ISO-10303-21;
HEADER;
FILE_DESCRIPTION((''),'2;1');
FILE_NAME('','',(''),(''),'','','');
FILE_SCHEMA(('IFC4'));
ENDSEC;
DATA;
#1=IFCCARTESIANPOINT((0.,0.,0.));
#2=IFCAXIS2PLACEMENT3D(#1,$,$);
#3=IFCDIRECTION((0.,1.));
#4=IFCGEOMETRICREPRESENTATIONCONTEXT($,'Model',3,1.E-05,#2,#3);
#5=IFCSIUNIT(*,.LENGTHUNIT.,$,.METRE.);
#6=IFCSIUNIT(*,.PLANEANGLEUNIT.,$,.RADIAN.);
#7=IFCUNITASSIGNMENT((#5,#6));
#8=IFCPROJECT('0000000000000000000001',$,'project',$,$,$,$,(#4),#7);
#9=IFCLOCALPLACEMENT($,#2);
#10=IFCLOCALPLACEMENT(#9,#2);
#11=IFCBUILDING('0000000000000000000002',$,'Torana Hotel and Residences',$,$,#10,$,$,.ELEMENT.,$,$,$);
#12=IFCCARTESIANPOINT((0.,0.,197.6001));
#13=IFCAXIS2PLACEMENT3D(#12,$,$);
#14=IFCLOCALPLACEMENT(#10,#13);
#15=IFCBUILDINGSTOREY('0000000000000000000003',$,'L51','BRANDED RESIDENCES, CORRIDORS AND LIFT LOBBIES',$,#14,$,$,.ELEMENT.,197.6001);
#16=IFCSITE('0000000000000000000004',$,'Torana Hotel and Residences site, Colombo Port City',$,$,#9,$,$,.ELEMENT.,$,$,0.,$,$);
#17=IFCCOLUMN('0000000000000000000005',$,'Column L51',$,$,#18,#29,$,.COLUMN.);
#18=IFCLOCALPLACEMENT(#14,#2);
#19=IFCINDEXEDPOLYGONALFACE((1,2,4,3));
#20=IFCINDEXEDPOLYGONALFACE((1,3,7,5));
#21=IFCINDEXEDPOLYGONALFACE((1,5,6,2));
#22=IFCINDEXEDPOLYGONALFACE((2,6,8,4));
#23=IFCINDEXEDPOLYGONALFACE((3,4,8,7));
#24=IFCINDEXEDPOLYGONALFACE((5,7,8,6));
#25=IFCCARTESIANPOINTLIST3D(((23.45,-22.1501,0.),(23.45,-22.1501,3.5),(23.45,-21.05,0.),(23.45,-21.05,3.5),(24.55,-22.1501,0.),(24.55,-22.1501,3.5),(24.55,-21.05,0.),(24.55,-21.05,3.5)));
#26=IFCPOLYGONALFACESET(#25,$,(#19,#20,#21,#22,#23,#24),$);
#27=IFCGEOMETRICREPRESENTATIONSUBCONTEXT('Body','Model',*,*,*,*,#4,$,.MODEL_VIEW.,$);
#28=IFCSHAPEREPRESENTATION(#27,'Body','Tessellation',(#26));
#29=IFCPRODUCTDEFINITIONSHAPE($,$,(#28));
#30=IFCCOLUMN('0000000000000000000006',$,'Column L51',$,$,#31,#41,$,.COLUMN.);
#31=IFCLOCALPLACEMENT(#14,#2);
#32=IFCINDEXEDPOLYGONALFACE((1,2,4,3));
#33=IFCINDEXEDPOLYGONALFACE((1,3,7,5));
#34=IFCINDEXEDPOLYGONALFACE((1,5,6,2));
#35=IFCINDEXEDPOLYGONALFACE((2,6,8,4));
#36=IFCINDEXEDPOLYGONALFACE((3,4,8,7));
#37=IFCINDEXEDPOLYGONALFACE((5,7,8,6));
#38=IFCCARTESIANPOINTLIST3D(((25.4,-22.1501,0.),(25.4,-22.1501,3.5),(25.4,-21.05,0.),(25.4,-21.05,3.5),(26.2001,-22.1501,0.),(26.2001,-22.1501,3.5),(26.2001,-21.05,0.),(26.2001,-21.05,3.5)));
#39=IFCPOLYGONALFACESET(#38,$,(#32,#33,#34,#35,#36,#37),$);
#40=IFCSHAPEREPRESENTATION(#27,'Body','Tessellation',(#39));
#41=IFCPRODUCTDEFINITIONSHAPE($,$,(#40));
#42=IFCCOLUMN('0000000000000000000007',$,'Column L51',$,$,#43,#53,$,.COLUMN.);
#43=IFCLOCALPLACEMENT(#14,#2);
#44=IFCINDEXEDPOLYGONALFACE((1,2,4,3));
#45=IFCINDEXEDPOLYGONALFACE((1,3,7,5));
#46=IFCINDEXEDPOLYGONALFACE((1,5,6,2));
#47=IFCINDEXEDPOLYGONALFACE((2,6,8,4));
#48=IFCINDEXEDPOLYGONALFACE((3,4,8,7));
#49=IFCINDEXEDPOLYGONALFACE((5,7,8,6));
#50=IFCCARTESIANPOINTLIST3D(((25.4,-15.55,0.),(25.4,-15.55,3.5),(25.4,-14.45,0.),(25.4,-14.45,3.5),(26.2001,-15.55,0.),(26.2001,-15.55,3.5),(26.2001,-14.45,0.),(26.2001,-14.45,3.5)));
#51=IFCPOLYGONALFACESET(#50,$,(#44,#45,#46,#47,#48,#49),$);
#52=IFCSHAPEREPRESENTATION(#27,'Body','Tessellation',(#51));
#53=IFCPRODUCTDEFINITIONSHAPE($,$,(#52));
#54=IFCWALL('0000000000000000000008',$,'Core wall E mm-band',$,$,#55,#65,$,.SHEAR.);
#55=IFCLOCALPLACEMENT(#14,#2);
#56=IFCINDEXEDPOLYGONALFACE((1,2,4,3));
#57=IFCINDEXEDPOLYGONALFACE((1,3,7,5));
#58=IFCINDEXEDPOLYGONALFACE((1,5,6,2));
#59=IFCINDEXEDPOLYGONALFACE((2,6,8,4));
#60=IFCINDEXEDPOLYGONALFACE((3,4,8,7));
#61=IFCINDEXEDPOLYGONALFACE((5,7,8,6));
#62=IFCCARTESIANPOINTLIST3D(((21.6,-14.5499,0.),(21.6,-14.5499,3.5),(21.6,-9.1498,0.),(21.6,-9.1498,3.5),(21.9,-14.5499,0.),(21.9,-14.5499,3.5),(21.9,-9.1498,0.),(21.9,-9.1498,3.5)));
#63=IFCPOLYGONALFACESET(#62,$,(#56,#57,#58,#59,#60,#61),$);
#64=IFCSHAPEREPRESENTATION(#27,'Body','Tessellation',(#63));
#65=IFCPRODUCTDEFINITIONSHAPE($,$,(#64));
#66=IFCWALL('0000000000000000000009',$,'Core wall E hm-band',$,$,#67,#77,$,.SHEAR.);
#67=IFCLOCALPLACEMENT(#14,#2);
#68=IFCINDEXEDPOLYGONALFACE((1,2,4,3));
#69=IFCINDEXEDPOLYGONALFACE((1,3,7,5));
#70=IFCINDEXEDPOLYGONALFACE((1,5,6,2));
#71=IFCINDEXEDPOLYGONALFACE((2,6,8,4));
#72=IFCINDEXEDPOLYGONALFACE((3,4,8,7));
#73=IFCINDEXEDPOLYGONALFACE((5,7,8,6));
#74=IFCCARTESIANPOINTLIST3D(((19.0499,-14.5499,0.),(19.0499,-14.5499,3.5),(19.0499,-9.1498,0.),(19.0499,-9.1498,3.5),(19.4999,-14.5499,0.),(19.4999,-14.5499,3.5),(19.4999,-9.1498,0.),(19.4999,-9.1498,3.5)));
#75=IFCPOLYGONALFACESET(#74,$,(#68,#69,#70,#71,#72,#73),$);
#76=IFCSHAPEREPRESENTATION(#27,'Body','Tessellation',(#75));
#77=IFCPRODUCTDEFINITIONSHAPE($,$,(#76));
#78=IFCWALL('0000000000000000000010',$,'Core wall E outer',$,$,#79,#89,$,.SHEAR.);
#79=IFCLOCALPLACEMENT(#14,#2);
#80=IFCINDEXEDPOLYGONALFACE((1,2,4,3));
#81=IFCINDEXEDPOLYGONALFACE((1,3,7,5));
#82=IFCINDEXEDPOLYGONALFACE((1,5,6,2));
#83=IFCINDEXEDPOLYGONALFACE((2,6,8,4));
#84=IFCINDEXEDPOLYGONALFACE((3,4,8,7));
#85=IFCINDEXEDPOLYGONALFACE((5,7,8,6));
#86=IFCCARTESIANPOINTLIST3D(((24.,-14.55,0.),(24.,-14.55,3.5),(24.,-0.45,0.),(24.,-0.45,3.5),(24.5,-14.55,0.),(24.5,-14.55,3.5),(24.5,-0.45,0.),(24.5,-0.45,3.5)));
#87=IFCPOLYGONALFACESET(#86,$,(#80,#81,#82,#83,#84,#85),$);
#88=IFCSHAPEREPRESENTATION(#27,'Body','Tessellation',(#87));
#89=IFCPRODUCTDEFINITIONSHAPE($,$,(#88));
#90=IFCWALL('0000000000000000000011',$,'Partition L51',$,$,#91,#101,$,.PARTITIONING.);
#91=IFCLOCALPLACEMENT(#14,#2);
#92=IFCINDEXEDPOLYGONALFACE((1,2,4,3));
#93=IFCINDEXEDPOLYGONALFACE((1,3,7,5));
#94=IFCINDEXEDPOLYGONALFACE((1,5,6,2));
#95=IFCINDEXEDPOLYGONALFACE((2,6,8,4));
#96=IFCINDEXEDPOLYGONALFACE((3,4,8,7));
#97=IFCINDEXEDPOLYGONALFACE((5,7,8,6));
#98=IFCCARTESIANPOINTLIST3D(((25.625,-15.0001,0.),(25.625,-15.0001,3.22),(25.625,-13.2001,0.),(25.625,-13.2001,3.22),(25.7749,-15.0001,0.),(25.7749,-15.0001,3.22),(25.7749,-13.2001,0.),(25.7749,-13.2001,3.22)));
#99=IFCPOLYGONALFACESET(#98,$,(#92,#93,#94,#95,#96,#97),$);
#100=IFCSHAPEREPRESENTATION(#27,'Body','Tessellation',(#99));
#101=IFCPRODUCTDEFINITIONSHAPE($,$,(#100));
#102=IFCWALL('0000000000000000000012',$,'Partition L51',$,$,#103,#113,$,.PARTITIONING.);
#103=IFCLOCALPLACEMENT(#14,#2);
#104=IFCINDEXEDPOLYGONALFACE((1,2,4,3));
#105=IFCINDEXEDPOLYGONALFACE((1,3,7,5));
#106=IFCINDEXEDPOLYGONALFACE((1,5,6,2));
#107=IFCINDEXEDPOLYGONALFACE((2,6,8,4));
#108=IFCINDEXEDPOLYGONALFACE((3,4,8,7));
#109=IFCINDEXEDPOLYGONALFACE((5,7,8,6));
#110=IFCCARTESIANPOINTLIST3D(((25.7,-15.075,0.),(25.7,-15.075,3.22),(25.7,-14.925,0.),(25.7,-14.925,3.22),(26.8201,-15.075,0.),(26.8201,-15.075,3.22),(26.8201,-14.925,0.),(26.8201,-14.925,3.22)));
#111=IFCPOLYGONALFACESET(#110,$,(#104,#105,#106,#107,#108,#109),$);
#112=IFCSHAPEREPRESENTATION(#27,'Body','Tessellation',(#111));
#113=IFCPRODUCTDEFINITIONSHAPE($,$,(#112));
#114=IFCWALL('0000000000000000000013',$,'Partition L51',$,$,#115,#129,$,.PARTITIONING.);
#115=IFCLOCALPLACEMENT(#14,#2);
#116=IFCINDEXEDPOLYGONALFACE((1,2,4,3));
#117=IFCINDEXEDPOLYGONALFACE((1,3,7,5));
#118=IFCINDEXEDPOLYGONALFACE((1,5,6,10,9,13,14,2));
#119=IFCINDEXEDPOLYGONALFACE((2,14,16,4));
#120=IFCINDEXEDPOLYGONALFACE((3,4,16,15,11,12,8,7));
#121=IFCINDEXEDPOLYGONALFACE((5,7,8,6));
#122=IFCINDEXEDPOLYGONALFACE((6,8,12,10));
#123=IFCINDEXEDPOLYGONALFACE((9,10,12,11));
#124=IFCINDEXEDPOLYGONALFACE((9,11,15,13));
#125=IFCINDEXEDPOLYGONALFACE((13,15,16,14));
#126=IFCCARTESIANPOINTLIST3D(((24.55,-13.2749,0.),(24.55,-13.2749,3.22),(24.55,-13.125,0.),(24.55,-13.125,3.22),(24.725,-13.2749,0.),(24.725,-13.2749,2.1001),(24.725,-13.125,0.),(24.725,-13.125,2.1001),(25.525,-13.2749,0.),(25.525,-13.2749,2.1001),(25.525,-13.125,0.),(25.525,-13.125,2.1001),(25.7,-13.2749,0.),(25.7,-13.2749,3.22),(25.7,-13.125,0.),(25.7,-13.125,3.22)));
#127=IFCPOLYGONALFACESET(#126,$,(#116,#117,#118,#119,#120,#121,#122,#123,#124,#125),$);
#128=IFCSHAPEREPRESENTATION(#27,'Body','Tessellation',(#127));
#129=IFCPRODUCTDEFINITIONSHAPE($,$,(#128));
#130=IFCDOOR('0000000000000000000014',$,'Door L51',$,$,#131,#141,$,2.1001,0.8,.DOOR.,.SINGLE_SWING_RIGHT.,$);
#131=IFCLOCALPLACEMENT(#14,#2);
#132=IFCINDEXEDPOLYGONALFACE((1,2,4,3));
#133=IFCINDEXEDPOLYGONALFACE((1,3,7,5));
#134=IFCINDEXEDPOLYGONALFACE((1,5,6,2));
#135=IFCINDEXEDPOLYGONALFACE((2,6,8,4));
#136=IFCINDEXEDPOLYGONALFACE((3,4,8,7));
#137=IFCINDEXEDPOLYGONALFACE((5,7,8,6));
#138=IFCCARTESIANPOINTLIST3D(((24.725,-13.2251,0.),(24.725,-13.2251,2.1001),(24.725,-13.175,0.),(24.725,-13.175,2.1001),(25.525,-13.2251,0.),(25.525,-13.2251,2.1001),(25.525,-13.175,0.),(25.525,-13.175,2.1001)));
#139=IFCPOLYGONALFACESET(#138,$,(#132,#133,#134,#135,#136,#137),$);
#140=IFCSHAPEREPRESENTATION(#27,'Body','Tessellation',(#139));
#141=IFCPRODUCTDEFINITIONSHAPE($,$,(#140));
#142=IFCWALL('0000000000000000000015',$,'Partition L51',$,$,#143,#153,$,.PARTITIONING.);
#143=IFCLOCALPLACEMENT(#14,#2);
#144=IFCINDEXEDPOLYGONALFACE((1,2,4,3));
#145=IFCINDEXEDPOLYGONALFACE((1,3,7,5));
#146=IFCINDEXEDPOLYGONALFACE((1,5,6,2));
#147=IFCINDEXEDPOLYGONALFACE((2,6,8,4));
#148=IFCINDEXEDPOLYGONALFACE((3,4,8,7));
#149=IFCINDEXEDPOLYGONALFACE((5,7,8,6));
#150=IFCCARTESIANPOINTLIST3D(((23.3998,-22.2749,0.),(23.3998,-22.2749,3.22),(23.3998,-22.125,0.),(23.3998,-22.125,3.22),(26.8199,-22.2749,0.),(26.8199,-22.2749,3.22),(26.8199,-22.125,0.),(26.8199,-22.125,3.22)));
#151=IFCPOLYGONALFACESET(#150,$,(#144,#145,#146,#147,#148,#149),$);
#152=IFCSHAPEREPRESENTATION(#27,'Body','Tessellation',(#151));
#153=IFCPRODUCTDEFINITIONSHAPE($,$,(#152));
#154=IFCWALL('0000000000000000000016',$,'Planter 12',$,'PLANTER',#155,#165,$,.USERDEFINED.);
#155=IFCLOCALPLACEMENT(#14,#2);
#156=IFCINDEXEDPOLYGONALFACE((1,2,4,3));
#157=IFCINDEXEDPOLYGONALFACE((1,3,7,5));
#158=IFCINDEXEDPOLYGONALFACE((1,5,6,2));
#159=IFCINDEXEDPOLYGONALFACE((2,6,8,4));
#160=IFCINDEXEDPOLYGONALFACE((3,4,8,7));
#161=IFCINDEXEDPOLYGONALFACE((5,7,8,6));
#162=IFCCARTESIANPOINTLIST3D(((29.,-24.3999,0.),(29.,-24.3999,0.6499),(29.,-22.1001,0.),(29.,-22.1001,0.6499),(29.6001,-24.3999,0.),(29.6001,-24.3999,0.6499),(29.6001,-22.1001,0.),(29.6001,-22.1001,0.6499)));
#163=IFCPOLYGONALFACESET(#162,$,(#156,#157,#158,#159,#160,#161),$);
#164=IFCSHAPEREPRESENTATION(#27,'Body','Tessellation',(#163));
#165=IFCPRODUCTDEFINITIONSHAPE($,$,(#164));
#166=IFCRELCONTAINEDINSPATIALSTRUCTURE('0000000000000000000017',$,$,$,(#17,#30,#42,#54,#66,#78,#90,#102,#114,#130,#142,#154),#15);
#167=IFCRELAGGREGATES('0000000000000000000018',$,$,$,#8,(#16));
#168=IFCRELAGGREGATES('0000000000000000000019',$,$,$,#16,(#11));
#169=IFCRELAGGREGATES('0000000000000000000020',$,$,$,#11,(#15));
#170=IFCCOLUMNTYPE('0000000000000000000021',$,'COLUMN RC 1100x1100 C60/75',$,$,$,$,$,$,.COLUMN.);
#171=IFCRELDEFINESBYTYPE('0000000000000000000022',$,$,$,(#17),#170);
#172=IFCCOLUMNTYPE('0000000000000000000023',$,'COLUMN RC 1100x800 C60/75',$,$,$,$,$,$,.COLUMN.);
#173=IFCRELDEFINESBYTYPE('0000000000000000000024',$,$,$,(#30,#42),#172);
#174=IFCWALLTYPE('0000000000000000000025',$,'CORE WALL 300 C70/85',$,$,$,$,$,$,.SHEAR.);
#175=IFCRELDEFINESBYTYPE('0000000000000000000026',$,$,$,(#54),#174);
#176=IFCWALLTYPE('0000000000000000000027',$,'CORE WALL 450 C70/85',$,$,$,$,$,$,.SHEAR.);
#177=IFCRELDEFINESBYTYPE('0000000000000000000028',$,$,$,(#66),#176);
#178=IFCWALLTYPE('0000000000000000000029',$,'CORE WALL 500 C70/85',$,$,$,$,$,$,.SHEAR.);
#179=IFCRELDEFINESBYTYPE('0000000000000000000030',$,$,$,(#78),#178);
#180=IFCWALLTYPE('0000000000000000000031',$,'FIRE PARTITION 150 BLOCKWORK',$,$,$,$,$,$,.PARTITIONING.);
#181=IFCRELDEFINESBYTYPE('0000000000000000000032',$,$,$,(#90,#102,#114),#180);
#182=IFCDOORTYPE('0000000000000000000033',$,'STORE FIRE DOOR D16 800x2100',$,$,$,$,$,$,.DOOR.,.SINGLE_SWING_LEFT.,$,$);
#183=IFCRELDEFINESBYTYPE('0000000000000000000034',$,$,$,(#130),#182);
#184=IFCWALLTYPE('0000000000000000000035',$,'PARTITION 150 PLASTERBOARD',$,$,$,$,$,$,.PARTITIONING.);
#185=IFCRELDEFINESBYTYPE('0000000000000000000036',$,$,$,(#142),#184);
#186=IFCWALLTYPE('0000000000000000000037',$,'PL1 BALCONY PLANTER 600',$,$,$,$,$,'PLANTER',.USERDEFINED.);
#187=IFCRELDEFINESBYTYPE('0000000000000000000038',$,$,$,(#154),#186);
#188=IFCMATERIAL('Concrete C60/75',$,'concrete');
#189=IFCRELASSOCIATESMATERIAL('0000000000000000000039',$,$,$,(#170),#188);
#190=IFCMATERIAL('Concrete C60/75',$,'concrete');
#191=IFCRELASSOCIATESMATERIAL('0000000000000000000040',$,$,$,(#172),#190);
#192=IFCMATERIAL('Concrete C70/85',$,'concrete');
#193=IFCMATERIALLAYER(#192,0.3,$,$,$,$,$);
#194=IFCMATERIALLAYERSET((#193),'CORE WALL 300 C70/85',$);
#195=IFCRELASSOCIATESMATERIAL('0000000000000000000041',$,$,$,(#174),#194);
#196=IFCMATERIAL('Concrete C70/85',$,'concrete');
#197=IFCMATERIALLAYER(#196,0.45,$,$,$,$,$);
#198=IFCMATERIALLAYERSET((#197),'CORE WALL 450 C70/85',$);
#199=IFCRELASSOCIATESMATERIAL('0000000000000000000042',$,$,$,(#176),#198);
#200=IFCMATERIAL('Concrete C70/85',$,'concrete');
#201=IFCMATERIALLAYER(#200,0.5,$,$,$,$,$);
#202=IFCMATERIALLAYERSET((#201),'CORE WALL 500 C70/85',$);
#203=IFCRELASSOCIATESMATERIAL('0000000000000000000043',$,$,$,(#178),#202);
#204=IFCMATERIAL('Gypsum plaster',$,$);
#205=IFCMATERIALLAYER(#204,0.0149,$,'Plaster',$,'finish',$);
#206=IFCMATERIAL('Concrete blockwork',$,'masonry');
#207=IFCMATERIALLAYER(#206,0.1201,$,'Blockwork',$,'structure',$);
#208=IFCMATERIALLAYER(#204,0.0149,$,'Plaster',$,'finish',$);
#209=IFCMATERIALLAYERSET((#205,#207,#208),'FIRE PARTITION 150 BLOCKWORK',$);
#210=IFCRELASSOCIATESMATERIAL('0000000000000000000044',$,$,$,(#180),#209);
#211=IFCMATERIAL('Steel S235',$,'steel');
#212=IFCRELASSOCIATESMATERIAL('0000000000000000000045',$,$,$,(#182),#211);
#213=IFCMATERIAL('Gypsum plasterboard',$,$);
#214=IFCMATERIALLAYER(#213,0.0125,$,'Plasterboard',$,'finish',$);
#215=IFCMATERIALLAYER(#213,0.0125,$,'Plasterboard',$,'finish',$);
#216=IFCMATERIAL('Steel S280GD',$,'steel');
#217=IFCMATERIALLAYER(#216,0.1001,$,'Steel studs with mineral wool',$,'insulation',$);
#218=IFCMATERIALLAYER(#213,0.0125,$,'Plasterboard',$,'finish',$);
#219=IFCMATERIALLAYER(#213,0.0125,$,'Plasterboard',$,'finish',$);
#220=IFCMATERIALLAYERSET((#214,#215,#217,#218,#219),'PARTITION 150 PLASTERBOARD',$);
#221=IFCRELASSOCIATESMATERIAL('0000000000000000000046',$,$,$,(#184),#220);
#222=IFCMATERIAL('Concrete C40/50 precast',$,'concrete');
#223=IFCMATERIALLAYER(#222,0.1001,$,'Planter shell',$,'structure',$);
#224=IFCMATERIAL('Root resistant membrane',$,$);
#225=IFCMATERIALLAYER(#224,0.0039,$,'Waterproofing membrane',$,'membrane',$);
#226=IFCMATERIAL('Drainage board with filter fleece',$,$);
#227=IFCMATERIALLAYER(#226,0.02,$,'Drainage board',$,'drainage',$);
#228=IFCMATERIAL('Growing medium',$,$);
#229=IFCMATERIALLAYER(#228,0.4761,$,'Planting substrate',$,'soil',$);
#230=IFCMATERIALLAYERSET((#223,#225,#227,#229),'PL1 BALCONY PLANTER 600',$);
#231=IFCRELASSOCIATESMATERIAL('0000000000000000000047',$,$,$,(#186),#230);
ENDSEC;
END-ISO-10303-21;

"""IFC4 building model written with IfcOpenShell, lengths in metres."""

from ifc_helpers import new_model, si_unit, direction, frame, frame_2d, origin, origin_2d, place, context, subcontext, project, spatial, rectangle, extrude, material, layer, layer_set, material_profile, profile_set, type_object, element, fill, save


model = new_model("IFC4")

# Units and contexts
model_context = context("Model", 3, precision=1e-05, world=origin(), true_north=direction((0.0, 1.0)))
body_context = subcontext(model_context, "Body", "Model", "MODEL_VIEW")
ifc_project = project(units=[si_unit("LENGTHUNIT", "METRE"), si_unit("PLANEANGLEUNIT", "RADIAN")], contexts=[model_context])

# Site, building, storey
site_placement = place(None, origin())
site = spatial("IfcSite", under=ifc_project, at=site_placement, Name="Torana Hotel and Residences site, Colombo Port City", CompositionType="ELEMENT", RefElevation=0.0)
building_placement = place(site_placement, origin())
building = spatial("IfcBuilding", under=site, at=building_placement, Name="Torana Hotel and Residences", CompositionType="ELEMENT")
storey_placement = place(building_placement, frame((0.0, 0.0, 197.6001)))
storey = spatial("IfcBuildingStorey", under=building, at=storey_placement, Name="L51", Description="BRANDED RESIDENCES, CORRIDORS AND LIFT LOBBIES", CompositionType="ELEMENT", Elevation=197.6001)

# Columns
ifc_material_1 = material(Name="Concrete C60/75", Category="concrete")
ifc_material_profile_1 = material_profile(ifc_material_1, rectangle(XDim=1.1001, YDim=1.1001, at=origin_2d()), Name="RC 1100x1100")
ifc_profile_set_1 = profile_set([ifc_material_profile_1], Name="Concrete C60/75")
column_type_1 = type_object("IfcColumnType", Name="COLUMN RC 1100x1100 C60/75", PredefinedType="COLUMN", material=ifc_profile_set_1)
column_placement = place(storey_placement, frame((24.0, -21.6001, 0.0), z_axis=(0.0, 0.0, 1.0), x_axis=(1.0, 0.0, 0.0)))
element("IfcColumn", 1, at=column_placement, inside=storey, type_object=column_type_1, Name="Column L51", PredefinedType="COLUMN", context=body_context, shape_type="SweptSolid", body=[
    extrude(rectangle(XDim=1.1001, YDim=1.1001, at=origin_2d()), origin(), (0.0, 0.0, 1.0), 3.5),
])
ifc_material_2 = material(Name="Concrete C60/75", Category="concrete")
ifc_material_profile_2 = material_profile(ifc_material_2, rectangle(XDim=1.1001, YDim=0.8, at=origin_2d()), Name="RC 1100x800")
ifc_profile_set_2 = profile_set([ifc_material_profile_2], Name="Concrete C60/75")
column_type_2 = type_object("IfcColumnType", Name="COLUMN RC 1100x800 C60/75", PredefinedType="COLUMN", material=ifc_profile_set_2)
for number, where, z_axis, x_axis, name in (
    (2, (25.8, -21.6001, 0.0), (0.0, 0.0, 1.0), (0.0, 1.0, 0.0), "Column L51"),
    (3, (25.8, -15.0, 0.0), (0.0, 0.0, 1.0), (0.0, 1.0, 0.0), "Column L51"),
):
    element("IfcColumn", number, at=place(storey_placement, frame(where, z_axis=z_axis, x_axis=x_axis)), inside=storey, type_object=column_type_2, Name=name, PredefinedType="COLUMN", context=body_context, shape_type="SweptSolid", body=[
        extrude(rectangle(XDim=1.1001, YDim=0.8, at=origin_2d()), origin(), (0.0, 0.0, 1.0), 3.5),
    ])

# Walls
ifc_material_3 = material(Name="Concrete C70/85", Category="concrete")
ifc_layer_1 = layer(ifc_material_3, 0.3)
ifc_layer_set_1 = layer_set([ifc_layer_1], Name="CORE WALL 300 C70/85")
wall_type_1 = type_object("IfcWallType", Name="CORE WALL 300 C70/85", PredefinedType="SHEAR", material=ifc_layer_set_1)
wall_1_placement = place(storey_placement, frame((21.75, -14.55, 0.0), z_axis=(0.0, 0.0, 1.0), x_axis=(0.0, 1.0, 0.0)))
element("IfcWall", 4, at=wall_1_placement, inside=storey, type_object=wall_type_1, Name="Core wall E mm-band", PredefinedType="SHEAR", context=body_context, shape_type="SweptSolid", body=[
    extrude(rectangle(XDim=5.4001, YDim=0.3, at=frame_2d((2.7002, 0.0))), origin(), (0.0, 0.0, 1.0), 3.5),
])
ifc_material_4 = material(Name="Concrete C70/85", Category="concrete")
ifc_layer_2 = layer(ifc_material_4, 0.45)
ifc_layer_set_2 = layer_set([ifc_layer_2], Name="CORE WALL 450 C70/85")
wall_type_2 = type_object("IfcWallType", Name="CORE WALL 450 C70/85", PredefinedType="SHEAR", material=ifc_layer_set_2)
wall_2_placement = place(storey_placement, frame((19.2749, -14.55, 0.0), z_axis=(0.0, 0.0, 1.0), x_axis=(0.0, 1.0, 0.0)))
element("IfcWall", 5, at=wall_2_placement, inside=storey, type_object=wall_type_2, Name="Core wall E hm-band", PredefinedType="SHEAR", context=body_context, shape_type="SweptSolid", body=[
    extrude(rectangle(XDim=5.4001, YDim=0.45, at=frame_2d((2.7002, 0.0))), origin(), (0.0, 0.0, 1.0), 3.5),
])
ifc_material_5 = material(Name="Concrete C70/85", Category="concrete")
ifc_layer_3 = layer(ifc_material_5, 0.5)
ifc_layer_set_3 = layer_set([ifc_layer_3], Name="CORE WALL 500 C70/85")
wall_type_3 = type_object("IfcWallType", Name="CORE WALL 500 C70/85", PredefinedType="SHEAR", material=ifc_layer_set_3)
wall_3_placement = place(storey_placement, frame((24.25, -14.55, 0.0), z_axis=(0.0, 0.0, 1.0), x_axis=(0.0, 1.0, 0.0)))
element("IfcWall", 6, at=wall_3_placement, inside=storey, type_object=wall_type_3, Name="Core wall E outer", PredefinedType="SHEAR", context=body_context, shape_type="SweptSolid", body=[
    extrude(rectangle(XDim=14.1001, YDim=0.5, at=frame_2d((7.05, 0.0))), origin(), (0.0, 0.0, 1.0), 3.5),
])
ifc_material_6 = material(Name="Gypsum plaster")
ifc_layer_4 = layer(ifc_material_6, 0.0149, Name="Plaster", Category="finish")
ifc_material_7 = material(Name="Concrete blockwork", Category="masonry")
ifc_layer_5 = layer(ifc_material_7, 0.1201, Name="Blockwork", Category="structure")
ifc_layer_6 = layer(ifc_material_6, 0.0149, Name="Plaster", Category="finish")
ifc_layer_set_4 = layer_set([ifc_layer_4, ifc_layer_5, ifc_layer_6], Name="FIRE PARTITION 150 BLOCKWORK")
wall_type_4 = type_object("IfcWallType", Name="FIRE PARTITION 150 BLOCKWORK", PredefinedType="PARTITIONING", material=ifc_layer_set_4)
wall_4_placement = place(storey_placement, frame((25.7, -15.0, 0.0), z_axis=(0.0, 0.0, 1.0), x_axis=(0.0, 1.0, 0.0)))
element("IfcWall", 7, at=wall_4_placement, inside=storey, type_object=wall_type_4, Name="Partition L51", PredefinedType="PARTITIONING", context=body_context, shape_type="SweptSolid", body=[
    extrude(rectangle(XDim=1.8, YDim=0.1499, at=frame_2d((0.8999, 0.0))), origin(), (0.0, 0.0, 1.0), 3.22),
])
wall_5_placement = place(storey_placement, frame((25.7, -15.0, 0.0), z_axis=(0.0, 0.0, 1.0), x_axis=(1.0, 0.0, 0.0)))
element("IfcWall", 8, at=wall_5_placement, inside=storey, type_object=wall_type_4, Name="Partition L51", PredefinedType="PARTITIONING", context=body_context, shape_type="SweptSolid", body=[
    extrude(rectangle(XDim=1.1201, YDim=0.1499, at=frame_2d((0.5601, 0.0))), origin(), (0.0, 0.0, 1.0), 3.22),
])

# Wall, opening, door
wall_6_placement = place(storey_placement, frame((24.55, -13.2, 0.0), z_axis=(0.0, 0.0, 1.0), x_axis=(1.0, 0.0, 0.0)))
wall_6 = element("IfcWall", 9, at=wall_6_placement, inside=storey, type_object=wall_type_4, Name="Partition L51", PredefinedType="PARTITIONING", context=body_context, shape_type="SweptSolid", body=[
    extrude(rectangle(XDim=1.1499, YDim=0.1499, at=frame_2d((0.575, 0.0))), origin(), (0.0, 0.0, 1.0), 3.22),
])
opening_placement = place(wall_6_placement, frame((0.175, 0.0, 0.0)))
opening = element("IfcOpeningElement", 10, at=opening_placement, cuts=wall_6, PredefinedType="OPENING", context=body_context, shape_type="SweptSolid", body=[
    extrude(rectangle(XDim=0.8, YDim=2.1001, at=frame_2d((0.3999, 1.05))), frame((0.0, 0.085, 0.0), z_axis=(0.0, -1.0, 0.0), x_axis=(1.0, 0.0, 0.0)), (0.0, 0.0, 1.0), 0.1699),
])
ifc_material_8 = material(Name="Steel S235", Category="steel")
door_type = type_object("IfcDoorType", Name="STORE FIRE DOOR D16 800x2100", OperationType="SINGLE_SWING_LEFT", PredefinedType="DOOR", material=ifc_material_8)
door_placement = place(opening_placement, origin())
door = element("IfcDoor", 11, at=door_placement, inside=storey, type_object=door_type, Name="Door L51", OperationType="SINGLE_SWING_RIGHT", OverallHeight=2.1001, OverallWidth=0.8, PredefinedType="DOOR", context=body_context, shape_type="SweptSolid", body=[
    extrude(rectangle(XDim=0.8, YDim=2.1001, at=frame_2d((0.3999, 1.05))), frame((0.0, 0.0249, 0.0), z_axis=(0.0, -1.0, 0.0), x_axis=(1.0, 0.0, 0.0)), (0.0, 0.0, 1.0), 0.05),
])
fill(opening, door)

# Walls
ifc_material_9 = material(Name="Gypsum plasterboard")
ifc_layer_7 = layer(ifc_material_9, 0.0125, Name="Plasterboard", Category="finish")
ifc_layer_8 = layer(ifc_material_9, 0.0125, Name="Plasterboard", Category="finish")
ifc_material_10 = material(Name="Steel S280GD", Category="steel")
ifc_layer_9 = layer(ifc_material_10, 0.1001, Name="Steel studs with mineral wool", Category="insulation")
ifc_layer_10 = layer(ifc_material_9, 0.0125, Name="Plasterboard", Category="finish")
ifc_layer_11 = layer(ifc_material_9, 0.0125, Name="Plasterboard", Category="finish")
ifc_layer_set_5 = layer_set([ifc_layer_7, ifc_layer_8, ifc_layer_9, ifc_layer_10, ifc_layer_11], Name="PARTITION 150 PLASTERBOARD")
wall_type_5 = type_object("IfcWallType", Name="PARTITION 150 PLASTERBOARD", PredefinedType="PARTITIONING", material=ifc_layer_set_5)
wall_7_placement = place(storey_placement, frame((23.3999, -22.2, 0.0), z_axis=(0.0, 0.0, 1.0), x_axis=(1.0, 0.0, 0.0)))
element("IfcWall", 12, at=wall_7_placement, inside=storey, type_object=wall_type_5, Name="Partition L51", PredefinedType="PARTITIONING", context=body_context, shape_type="SweptSolid", body=[
    extrude(rectangle(XDim=3.4202, YDim=0.1499, at=frame_2d((1.71, 0.0))), origin(), (0.0, 0.0, 1.0), 3.22),
])
ifc_material_11 = material(Name="Concrete C40/50 precast", Category="concrete")
ifc_layer_12 = layer(ifc_material_11, 0.1001, Name="Planter shell", Category="structure")
ifc_material_12 = material(Name="Root resistant membrane")
ifc_layer_13 = layer(ifc_material_12, 0.0039, Name="Waterproofing membrane", Category="membrane")
ifc_material_13 = material(Name="Drainage board with filter fleece")
ifc_layer_14 = layer(ifc_material_13, 0.02, Name="Drainage board", Category="drainage")
ifc_material_14 = material(Name="Growing medium")
ifc_layer_15 = layer(ifc_material_14, 0.4761, Name="Planting substrate", Category="soil")
ifc_layer_set_6 = layer_set([ifc_layer_12, ifc_layer_13, ifc_layer_14, ifc_layer_15], Name="PL1 BALCONY PLANTER 600")
wall_type_6 = type_object("IfcWallType", Name="PL1 BALCONY PLANTER 600", ElementType="PLANTER", PredefinedType="USERDEFINED", material=ifc_layer_set_6)
wall_8_placement = place(storey_placement, frame((29.3, -22.1001, 0.0), z_axis=(0.0, 0.0, 1.0), x_axis=(0.0, -1.0, 0.0)))
element("IfcWall", 13, at=wall_8_placement, inside=storey, type_object=wall_type_6, Name="Planter 12", ObjectType="PLANTER", PredefinedType="USERDEFINED", context=body_context, shape_type="SweptSolid", body=[
    extrude(rectangle(XDim=2.2998, YDim=0.6001, at=frame_2d((1.1499, 0.0))), origin(), (0.0, 0.0, 1.0), 0.6499),
])

save(model, "model.ifc")
